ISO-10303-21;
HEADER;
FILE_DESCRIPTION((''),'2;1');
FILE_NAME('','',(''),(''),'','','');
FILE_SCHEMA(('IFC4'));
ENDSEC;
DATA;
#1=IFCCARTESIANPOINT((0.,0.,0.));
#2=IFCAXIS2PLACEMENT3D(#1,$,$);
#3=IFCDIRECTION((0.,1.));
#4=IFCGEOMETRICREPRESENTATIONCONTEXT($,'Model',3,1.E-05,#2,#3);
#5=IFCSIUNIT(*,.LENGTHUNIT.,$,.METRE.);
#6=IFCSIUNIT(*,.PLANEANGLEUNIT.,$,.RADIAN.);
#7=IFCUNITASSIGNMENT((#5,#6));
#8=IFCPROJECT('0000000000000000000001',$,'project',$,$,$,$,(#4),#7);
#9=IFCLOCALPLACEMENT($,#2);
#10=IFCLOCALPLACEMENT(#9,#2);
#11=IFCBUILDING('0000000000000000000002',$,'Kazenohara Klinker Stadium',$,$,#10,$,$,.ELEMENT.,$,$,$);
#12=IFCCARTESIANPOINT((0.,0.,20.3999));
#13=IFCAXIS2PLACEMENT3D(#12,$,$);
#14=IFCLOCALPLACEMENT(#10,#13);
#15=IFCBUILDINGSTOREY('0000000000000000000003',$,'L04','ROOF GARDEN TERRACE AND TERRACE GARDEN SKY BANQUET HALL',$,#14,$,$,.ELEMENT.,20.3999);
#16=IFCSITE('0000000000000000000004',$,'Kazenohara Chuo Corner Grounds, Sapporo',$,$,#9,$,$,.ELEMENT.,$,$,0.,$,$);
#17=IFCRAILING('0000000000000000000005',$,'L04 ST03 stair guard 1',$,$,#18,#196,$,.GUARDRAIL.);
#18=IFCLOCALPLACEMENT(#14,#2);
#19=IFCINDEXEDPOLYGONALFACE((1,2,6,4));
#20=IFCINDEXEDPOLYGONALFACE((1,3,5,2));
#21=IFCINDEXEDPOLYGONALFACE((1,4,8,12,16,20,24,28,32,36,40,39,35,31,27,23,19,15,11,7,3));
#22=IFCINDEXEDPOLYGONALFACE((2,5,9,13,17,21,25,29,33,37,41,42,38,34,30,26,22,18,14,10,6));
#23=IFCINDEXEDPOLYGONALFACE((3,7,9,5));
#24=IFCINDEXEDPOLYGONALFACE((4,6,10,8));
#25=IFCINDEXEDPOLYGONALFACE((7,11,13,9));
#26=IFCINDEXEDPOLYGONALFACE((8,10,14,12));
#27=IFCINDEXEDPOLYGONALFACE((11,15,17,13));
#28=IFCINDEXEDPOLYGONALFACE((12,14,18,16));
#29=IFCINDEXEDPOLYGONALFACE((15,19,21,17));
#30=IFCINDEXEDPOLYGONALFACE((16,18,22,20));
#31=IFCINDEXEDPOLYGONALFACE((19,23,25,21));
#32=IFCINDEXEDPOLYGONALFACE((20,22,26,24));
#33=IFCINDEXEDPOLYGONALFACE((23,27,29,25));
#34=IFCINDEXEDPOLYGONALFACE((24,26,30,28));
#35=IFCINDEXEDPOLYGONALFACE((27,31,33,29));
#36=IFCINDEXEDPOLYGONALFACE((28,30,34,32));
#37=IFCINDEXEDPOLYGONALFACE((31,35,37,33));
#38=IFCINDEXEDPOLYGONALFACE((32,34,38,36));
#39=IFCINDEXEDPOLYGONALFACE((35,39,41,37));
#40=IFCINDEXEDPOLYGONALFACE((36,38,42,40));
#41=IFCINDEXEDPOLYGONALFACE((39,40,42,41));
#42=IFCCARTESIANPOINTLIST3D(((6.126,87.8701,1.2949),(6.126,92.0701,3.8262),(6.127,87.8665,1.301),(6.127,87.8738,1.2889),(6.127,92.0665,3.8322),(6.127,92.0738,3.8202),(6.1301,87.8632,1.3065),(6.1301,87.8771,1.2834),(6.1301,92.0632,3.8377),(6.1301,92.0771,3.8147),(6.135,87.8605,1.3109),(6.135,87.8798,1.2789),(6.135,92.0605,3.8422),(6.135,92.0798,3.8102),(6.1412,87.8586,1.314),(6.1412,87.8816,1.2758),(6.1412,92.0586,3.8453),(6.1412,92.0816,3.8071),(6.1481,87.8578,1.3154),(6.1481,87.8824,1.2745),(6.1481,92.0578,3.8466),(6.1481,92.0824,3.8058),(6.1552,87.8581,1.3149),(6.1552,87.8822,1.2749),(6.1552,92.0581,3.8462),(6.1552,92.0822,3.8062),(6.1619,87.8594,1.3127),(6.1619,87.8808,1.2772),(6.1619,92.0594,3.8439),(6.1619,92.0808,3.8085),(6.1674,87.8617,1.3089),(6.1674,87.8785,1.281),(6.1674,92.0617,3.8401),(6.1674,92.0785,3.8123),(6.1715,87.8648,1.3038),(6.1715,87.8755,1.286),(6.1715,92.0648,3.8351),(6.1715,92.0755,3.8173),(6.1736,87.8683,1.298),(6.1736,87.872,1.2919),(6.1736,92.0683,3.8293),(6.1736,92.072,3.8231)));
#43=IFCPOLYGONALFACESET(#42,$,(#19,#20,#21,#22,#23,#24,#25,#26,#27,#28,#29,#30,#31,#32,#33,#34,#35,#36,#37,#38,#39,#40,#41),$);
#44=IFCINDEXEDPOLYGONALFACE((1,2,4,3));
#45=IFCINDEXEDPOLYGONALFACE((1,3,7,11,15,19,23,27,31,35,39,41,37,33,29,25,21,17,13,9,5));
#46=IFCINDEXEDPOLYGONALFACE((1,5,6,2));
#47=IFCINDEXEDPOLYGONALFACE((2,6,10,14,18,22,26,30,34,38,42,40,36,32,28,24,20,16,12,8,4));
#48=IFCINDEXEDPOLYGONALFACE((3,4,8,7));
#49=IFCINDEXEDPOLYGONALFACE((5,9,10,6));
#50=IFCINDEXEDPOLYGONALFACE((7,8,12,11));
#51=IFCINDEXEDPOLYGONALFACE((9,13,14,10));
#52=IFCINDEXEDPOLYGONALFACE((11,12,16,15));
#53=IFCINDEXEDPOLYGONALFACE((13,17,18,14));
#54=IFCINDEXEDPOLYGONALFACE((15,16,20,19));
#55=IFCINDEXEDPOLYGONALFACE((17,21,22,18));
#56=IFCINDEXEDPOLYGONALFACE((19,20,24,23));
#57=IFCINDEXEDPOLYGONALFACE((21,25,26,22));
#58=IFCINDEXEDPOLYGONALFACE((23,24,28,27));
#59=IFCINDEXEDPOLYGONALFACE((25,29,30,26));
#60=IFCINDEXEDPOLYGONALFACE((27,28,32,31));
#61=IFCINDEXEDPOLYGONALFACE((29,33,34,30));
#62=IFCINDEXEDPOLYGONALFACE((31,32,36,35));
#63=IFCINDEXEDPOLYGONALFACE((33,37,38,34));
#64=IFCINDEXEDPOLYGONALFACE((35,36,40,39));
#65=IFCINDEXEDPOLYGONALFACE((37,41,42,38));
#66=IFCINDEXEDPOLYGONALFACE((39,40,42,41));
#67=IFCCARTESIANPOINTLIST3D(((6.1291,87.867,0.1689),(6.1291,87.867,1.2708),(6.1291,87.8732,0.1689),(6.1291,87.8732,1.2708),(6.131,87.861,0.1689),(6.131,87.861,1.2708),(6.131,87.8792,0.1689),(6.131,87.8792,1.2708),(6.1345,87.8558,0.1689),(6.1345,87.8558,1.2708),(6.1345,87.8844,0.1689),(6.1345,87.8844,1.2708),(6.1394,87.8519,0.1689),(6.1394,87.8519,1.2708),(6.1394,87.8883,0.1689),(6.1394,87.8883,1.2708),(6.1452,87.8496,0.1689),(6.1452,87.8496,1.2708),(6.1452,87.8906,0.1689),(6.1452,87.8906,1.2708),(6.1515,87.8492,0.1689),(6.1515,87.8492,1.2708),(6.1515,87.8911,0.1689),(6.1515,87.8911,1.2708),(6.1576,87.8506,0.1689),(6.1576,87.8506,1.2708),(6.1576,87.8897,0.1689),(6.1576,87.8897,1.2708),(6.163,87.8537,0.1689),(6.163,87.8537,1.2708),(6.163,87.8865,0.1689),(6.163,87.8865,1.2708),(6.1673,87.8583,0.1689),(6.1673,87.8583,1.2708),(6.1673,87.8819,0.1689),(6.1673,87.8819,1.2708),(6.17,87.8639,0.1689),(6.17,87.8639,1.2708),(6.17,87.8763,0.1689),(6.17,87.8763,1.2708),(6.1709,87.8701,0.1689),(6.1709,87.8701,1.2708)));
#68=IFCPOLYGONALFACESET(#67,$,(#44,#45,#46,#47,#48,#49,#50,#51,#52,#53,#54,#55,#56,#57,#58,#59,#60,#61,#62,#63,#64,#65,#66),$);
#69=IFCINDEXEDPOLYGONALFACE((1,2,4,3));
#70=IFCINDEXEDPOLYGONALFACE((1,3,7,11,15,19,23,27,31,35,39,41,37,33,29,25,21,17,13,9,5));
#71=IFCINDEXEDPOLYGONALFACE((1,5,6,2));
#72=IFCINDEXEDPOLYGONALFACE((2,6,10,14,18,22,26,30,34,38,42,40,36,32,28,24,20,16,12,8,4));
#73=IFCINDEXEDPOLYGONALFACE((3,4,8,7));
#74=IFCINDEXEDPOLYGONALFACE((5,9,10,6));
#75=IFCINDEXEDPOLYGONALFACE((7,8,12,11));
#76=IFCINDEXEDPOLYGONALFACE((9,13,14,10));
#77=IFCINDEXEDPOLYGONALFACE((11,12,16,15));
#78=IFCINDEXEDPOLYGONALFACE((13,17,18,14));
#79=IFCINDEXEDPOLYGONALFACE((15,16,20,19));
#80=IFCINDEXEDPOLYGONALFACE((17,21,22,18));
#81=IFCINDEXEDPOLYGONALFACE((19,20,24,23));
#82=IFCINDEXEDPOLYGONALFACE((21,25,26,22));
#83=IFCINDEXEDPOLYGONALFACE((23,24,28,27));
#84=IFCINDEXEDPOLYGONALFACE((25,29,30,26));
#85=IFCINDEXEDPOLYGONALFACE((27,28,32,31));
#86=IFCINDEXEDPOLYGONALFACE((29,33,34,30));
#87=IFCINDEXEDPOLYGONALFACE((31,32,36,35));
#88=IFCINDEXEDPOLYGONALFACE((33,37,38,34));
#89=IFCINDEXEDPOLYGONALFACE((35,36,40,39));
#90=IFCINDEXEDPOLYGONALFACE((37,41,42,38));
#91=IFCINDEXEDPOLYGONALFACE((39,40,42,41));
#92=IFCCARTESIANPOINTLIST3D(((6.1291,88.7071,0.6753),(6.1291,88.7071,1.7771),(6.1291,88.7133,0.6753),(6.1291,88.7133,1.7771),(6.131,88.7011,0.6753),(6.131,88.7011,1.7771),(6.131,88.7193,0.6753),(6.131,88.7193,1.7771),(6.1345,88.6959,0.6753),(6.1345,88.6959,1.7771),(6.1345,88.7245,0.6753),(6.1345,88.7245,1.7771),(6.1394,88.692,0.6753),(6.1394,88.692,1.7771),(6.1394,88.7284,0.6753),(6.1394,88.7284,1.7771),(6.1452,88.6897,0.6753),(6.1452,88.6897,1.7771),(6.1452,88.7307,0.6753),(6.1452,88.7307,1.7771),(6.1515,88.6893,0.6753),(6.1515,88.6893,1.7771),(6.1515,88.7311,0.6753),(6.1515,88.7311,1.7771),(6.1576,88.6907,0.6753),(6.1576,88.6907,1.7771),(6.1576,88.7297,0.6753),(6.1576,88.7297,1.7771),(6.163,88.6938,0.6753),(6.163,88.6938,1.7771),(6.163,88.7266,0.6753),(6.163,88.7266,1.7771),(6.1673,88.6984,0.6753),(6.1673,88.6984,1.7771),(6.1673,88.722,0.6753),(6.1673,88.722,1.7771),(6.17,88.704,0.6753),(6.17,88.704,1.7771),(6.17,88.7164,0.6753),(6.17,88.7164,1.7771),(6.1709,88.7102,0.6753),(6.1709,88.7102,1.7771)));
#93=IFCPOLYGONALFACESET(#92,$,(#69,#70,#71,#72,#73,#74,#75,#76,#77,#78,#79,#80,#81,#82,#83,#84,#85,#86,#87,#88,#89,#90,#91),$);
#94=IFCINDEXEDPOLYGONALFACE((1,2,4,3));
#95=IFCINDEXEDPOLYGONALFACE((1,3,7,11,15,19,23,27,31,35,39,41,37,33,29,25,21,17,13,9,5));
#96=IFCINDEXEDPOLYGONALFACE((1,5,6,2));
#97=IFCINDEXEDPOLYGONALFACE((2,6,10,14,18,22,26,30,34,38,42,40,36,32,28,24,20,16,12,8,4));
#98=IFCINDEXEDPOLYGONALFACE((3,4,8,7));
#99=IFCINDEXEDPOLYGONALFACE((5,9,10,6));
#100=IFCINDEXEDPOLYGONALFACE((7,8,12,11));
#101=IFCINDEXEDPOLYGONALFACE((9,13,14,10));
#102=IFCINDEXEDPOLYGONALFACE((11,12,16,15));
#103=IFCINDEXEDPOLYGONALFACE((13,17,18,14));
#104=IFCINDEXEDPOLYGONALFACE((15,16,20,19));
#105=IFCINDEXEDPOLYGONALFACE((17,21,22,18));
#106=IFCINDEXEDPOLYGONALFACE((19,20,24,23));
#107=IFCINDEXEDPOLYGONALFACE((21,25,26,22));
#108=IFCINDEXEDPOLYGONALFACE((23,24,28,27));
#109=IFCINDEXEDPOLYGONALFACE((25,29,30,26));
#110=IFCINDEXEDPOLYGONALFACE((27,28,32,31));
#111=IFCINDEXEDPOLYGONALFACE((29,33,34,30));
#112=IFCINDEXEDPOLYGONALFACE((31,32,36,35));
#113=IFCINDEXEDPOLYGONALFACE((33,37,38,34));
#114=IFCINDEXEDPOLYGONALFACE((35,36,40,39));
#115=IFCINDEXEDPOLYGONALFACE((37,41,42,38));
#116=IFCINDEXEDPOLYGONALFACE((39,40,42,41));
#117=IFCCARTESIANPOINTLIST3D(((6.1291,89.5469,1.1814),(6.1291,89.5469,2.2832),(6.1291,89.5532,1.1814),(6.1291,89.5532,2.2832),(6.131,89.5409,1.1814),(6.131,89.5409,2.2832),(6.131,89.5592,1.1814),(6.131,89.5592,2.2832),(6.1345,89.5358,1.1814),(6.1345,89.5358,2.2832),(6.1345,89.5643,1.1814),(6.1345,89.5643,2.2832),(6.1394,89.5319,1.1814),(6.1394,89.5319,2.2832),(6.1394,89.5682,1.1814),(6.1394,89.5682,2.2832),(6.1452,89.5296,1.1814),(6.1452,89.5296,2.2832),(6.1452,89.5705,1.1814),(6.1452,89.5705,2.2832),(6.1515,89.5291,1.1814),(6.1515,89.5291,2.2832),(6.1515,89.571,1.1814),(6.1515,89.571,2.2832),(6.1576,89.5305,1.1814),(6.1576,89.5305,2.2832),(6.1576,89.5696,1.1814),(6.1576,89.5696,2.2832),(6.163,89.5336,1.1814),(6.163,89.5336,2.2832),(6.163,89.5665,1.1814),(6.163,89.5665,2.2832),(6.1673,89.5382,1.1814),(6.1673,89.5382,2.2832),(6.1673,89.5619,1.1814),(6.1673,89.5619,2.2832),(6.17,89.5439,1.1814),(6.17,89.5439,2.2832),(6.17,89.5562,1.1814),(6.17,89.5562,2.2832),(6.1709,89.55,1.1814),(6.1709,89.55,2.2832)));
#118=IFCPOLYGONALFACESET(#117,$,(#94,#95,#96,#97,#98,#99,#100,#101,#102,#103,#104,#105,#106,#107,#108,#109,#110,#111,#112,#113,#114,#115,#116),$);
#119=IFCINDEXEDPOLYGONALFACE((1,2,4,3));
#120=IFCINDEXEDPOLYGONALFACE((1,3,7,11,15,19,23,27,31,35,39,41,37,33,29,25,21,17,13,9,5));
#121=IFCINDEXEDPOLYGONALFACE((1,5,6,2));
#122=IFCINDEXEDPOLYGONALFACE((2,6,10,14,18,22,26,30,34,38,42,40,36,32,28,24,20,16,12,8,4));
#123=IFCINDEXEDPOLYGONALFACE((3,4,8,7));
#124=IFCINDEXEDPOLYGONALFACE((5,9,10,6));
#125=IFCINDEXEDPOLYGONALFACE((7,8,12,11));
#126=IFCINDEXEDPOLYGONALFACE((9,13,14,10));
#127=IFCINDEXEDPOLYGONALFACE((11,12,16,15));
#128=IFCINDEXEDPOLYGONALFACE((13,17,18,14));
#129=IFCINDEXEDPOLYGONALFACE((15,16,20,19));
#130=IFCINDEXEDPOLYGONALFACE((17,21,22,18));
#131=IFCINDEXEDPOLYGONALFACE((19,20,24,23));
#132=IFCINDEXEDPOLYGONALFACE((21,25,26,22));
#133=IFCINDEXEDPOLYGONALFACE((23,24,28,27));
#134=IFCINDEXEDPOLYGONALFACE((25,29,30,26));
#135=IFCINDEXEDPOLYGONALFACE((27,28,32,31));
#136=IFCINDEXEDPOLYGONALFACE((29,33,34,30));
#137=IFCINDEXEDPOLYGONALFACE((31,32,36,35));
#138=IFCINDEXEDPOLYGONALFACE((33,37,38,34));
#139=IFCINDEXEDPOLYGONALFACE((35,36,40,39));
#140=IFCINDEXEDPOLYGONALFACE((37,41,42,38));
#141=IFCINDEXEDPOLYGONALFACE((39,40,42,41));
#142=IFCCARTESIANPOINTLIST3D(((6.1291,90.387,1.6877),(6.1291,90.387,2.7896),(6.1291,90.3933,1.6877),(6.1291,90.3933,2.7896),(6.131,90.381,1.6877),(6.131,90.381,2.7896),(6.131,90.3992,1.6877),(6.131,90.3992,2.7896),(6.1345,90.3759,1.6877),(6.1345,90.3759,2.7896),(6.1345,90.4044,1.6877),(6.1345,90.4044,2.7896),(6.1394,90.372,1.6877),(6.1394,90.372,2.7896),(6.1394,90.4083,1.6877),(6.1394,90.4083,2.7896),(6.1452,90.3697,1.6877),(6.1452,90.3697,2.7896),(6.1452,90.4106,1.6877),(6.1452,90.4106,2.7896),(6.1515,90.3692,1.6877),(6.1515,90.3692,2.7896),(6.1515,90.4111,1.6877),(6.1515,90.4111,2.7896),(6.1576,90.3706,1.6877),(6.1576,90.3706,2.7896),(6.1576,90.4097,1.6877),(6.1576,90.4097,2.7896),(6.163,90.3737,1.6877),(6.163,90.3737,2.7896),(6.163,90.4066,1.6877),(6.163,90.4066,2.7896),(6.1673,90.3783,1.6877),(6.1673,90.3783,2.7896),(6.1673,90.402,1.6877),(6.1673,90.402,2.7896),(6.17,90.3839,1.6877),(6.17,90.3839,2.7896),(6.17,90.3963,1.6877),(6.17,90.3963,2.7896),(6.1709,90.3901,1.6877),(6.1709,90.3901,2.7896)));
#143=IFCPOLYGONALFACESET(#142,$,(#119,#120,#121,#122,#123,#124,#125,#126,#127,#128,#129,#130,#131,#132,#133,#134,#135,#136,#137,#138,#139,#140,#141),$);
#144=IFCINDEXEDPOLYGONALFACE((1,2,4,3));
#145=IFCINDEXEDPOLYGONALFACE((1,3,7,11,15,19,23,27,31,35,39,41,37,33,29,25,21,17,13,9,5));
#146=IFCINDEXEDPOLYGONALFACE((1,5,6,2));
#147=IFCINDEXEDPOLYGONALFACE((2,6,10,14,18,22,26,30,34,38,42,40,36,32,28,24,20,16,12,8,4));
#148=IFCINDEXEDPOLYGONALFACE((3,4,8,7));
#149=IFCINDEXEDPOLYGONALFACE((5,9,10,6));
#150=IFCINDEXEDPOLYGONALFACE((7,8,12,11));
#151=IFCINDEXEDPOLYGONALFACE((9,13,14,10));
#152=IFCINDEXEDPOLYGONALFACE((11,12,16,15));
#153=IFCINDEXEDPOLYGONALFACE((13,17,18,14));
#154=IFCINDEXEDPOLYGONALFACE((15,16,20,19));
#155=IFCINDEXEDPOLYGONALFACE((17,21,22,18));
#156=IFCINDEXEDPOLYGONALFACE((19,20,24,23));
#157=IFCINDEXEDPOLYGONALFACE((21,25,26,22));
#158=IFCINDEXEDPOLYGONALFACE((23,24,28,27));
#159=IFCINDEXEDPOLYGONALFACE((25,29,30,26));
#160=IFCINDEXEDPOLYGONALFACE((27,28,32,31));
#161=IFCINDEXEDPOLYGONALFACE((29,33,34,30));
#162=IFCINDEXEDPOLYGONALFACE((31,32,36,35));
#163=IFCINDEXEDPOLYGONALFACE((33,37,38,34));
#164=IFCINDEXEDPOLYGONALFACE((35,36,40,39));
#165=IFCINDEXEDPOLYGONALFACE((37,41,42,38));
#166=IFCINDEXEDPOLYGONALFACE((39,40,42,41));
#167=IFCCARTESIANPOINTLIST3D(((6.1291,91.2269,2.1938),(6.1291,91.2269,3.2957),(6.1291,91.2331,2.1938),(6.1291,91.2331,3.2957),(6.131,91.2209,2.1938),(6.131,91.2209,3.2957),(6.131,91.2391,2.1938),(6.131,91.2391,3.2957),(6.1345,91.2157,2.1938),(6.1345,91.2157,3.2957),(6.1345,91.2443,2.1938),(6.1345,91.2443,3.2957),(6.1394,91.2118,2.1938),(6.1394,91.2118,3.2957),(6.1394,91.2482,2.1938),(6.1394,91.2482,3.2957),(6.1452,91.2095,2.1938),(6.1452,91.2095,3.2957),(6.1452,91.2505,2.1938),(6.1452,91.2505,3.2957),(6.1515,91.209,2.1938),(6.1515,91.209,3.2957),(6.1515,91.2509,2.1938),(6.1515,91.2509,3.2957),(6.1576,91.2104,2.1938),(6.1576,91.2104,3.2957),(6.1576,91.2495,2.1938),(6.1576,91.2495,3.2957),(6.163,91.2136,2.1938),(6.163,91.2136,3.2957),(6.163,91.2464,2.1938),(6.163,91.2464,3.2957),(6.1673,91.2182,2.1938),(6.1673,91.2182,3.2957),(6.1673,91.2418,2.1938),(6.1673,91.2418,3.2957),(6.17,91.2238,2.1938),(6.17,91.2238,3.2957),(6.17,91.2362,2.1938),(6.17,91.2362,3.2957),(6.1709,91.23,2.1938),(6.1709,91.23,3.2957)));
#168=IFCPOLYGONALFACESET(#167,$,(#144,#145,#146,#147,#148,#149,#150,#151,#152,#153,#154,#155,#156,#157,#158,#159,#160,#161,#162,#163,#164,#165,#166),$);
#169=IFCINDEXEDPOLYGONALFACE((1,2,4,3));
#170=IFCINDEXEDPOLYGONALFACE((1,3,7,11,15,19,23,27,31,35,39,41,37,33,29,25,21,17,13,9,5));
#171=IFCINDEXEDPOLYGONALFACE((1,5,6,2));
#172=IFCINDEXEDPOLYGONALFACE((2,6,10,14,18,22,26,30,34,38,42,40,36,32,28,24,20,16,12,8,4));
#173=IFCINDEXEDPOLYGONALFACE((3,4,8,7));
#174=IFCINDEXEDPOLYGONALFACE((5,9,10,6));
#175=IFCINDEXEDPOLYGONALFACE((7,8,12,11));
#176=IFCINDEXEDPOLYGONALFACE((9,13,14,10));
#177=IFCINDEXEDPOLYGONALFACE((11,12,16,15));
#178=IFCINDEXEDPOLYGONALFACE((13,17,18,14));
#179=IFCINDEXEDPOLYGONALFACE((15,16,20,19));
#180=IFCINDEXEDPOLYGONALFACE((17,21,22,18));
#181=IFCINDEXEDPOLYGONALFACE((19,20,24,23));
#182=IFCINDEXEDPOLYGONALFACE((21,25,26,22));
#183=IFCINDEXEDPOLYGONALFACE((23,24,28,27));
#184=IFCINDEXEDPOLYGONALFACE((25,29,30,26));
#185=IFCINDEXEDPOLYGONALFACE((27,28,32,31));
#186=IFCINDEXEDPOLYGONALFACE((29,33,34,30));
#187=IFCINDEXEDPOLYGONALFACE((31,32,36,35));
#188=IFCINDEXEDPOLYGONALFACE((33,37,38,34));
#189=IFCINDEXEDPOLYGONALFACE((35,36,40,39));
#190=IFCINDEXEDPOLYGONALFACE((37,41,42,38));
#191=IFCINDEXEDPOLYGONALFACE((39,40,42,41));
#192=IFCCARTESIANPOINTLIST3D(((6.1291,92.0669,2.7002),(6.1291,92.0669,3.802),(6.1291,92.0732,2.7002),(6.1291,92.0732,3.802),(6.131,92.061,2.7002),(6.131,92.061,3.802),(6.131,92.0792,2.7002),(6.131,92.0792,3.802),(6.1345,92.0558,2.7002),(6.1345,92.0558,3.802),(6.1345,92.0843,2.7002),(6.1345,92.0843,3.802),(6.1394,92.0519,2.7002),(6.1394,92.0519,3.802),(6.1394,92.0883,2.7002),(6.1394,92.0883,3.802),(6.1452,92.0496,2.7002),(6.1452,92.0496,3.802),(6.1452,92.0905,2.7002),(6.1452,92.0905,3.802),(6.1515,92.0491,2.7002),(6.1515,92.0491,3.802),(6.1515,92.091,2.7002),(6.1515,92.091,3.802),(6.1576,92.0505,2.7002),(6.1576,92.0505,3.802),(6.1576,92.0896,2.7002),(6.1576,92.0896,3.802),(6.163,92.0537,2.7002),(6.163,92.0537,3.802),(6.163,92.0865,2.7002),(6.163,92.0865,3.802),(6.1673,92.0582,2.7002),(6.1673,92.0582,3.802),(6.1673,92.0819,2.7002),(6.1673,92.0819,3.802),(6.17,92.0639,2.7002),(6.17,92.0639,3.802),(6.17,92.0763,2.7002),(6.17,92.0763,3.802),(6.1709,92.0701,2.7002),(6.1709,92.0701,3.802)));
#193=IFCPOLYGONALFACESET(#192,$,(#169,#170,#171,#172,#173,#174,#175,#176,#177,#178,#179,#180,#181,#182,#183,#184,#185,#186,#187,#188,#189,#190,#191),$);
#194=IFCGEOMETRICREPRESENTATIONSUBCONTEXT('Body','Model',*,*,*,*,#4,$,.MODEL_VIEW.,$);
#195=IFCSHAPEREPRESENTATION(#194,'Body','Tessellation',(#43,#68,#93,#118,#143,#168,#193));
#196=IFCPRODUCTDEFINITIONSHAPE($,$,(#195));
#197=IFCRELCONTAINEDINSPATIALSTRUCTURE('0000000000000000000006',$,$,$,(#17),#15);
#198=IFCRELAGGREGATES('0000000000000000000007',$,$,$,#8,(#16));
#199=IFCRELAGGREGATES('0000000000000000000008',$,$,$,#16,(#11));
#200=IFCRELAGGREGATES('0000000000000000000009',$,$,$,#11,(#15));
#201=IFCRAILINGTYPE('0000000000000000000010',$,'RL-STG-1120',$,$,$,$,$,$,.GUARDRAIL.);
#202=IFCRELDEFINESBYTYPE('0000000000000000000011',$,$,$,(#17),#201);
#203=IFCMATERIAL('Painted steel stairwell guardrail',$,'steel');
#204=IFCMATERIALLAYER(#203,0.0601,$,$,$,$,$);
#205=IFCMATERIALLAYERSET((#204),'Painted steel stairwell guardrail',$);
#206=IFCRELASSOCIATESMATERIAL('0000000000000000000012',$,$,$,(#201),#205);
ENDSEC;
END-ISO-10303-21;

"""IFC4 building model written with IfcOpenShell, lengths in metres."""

from ifc_helpers import new_model, si_unit, direction, frame, origin, origin_2d, place, context, subcontext, project, spatial, circle, extrude, material, layer, layer_set, type_object, element, save


model = new_model("IFC4")

# Units and contexts
model_context = context("Model", 3, precision=1e-05, world=origin(), true_north=direction((0.0, 1.0)))
body_context = subcontext(model_context, "Body", "Model", "MODEL_VIEW")
ifc_project = project(units=[si_unit("LENGTHUNIT", "METRE"), si_unit("PLANEANGLEUNIT", "RADIAN")], contexts=[model_context])

# Site, building, storey
site_placement = place(None, origin())
site = spatial("IfcSite", under=ifc_project, at=site_placement, Name="Kazenohara Chuo Corner Grounds, Sapporo", CompositionType="ELEMENT", RefElevation=0.0)
building_placement = place(site_placement, origin())
building = spatial("IfcBuilding", under=site, at=building_placement, Name="Kazenohara Klinker Stadium", CompositionType="ELEMENT")
storey_placement = place(building_placement, frame((0.0, 0.0, 20.3999)))
storey = spatial("IfcBuildingStorey", under=building, at=storey_placement, Name="L04", Description="ROOF GARDEN TERRACE AND TERRACE GARDEN SKY BANQUET HALL", CompositionType="ELEMENT", Elevation=20.3999)

# Railing
ifc_material_1 = material(Name="Painted steel stairwell guardrail", Category="steel")
ifc_layer_1 = layer(ifc_material_1, 0.0601)
ifc_layer_set_1 = layer_set([ifc_layer_1], Name="Painted steel stairwell guardrail")
railing_type_1 = type_object("IfcRailingType", Name="RL-STG-1120", PredefinedType="GUARDRAIL", material=ifc_layer_set_1)
railing_1_placement = place(storey_placement, frame((6.1499, 87.8701, 0.1689)))
element("IfcRailing", 1, at=railing_1_placement, inside=storey, type_object=railing_type_1, Name="L04 ST03 stair guard 1", PredefinedType="GUARDRAIL", context=body_context, shape_type="SweptSolid", body=[
    extrude(circle(Radius=0.0239, at=origin_2d()), frame((0.0, 0.0, 1.126), z_axis=(0.0, 0.856476, 0.516186), x_axis=(-1.0, 0.0, 0.0)), (0.0, 0.0, 1.0), 4.9038),
    extrude(circle(Radius=0.021, at=origin_2d()), origin(), (0.0, 0.0, 1.0), 1.1018),
    extrude(circle(Radius=0.021, at=origin_2d()), frame((0.0, 0.8401, 0.5063)), (0.0, 0.0, 1.0), 1.1018),
    extrude(circle(Radius=0.021, at=origin_2d()), frame((0.0, 1.6799, 1.0125)), (0.0, 0.0, 1.0), 1.1018),
    extrude(circle(Radius=0.021, at=origin_2d()), frame((0.0, 2.52, 1.5188)), (0.0, 0.0, 1.0), 1.1018),
    extrude(circle(Radius=0.021, at=origin_2d()), frame((0.0, 3.3599, 2.0249)), (0.0, 0.0, 1.0), 1.1018),
    extrude(circle(Radius=0.021, at=origin_2d()), frame((0.0, 4.2, 2.5312)), (0.0, 0.0, 1.0), 1.1018),
])

save(model, "model.ifc")
